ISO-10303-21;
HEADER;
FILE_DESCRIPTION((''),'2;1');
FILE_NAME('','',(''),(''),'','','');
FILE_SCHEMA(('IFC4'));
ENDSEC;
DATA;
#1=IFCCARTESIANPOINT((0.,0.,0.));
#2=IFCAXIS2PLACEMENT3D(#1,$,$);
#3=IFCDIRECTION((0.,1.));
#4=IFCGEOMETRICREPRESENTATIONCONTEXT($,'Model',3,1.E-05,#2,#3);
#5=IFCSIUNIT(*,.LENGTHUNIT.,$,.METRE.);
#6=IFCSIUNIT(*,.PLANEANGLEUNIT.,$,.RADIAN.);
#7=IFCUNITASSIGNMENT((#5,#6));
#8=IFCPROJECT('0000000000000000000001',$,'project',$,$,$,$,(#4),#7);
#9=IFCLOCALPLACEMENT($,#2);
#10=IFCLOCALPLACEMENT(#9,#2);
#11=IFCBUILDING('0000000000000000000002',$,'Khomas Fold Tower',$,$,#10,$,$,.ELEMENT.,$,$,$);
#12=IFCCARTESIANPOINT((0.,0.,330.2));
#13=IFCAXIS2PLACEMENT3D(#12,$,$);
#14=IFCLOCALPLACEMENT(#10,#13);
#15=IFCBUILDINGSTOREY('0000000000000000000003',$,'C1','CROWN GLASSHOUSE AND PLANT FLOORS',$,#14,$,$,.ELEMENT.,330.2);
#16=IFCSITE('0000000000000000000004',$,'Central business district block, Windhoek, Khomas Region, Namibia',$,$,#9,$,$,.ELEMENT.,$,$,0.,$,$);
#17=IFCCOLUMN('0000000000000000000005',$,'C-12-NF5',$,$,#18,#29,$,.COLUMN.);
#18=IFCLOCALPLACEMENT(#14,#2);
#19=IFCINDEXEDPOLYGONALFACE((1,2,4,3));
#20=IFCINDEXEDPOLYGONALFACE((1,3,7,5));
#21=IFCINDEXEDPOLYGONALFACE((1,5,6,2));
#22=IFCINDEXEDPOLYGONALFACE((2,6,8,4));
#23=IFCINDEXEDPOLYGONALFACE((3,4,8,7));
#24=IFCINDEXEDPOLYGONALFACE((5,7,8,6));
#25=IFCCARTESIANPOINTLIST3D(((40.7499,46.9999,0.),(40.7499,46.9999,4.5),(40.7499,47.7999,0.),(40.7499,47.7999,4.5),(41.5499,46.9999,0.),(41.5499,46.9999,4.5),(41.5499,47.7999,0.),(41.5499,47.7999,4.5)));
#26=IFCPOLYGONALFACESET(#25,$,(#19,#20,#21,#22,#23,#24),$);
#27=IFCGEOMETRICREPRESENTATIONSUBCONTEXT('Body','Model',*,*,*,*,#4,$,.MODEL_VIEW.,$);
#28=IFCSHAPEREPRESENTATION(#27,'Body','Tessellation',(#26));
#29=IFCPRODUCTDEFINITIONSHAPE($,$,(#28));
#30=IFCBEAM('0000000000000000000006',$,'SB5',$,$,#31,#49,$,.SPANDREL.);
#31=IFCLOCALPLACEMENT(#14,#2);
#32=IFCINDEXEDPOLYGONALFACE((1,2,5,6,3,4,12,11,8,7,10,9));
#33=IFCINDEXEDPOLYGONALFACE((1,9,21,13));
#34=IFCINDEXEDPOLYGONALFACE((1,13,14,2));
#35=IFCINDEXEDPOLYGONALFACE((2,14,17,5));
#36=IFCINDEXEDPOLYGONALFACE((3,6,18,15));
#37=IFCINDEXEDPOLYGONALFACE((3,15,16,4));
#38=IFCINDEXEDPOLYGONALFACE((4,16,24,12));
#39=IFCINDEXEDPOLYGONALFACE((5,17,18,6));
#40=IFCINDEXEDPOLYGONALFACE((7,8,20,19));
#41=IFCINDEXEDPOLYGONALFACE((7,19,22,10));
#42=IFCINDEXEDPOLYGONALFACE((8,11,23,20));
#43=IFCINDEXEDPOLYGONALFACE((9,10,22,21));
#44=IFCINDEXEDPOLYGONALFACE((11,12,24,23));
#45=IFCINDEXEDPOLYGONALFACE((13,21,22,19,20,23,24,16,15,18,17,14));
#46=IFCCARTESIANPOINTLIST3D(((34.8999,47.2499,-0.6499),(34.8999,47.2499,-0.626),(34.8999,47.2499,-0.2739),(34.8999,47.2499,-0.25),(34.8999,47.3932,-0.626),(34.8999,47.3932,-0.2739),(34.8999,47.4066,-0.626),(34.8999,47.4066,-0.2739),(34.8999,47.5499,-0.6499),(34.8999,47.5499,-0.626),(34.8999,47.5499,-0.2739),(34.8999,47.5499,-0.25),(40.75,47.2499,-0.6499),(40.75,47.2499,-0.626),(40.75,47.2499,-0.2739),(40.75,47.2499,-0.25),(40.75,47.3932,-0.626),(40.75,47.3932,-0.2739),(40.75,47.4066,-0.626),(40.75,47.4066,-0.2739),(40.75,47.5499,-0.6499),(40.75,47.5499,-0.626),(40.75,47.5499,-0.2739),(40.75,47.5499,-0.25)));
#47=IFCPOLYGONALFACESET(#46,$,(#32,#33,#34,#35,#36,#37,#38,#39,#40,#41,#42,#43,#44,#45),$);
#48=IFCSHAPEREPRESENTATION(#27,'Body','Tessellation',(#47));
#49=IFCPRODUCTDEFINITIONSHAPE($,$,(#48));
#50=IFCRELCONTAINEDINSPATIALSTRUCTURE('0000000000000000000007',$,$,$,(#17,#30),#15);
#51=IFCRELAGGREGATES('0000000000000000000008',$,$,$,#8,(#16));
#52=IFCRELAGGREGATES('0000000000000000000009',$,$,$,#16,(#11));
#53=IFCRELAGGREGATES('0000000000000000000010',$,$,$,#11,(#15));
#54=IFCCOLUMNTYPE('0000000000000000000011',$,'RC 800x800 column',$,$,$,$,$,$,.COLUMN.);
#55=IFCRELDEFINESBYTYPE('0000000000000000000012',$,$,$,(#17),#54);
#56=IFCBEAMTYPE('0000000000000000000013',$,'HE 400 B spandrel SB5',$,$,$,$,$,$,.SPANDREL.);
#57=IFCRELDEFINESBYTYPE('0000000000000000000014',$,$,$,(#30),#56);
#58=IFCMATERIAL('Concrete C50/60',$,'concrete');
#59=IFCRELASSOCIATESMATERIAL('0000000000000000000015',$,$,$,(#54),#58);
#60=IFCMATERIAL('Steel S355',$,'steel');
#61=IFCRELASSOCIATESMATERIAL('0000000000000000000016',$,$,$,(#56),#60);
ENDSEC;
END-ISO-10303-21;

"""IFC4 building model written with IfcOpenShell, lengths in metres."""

from ifc_helpers import new_model, si_unit, direction, frame, origin, origin_2d, place, context, subcontext, project, spatial, rectangle, i_section, extrude, source, transform, mapped, material, material_profile, profile_set, type_object, element, save


model = new_model("IFC4")

# Units and contexts
model_context = context("Model", 3, precision=1e-05, world=origin(), true_north=direction((0.0, 1.0)))
body_context = subcontext(model_context, "Body", "Model", "MODEL_VIEW")
ifc_project = project(units=[si_unit("LENGTHUNIT", "METRE"), si_unit("PLANEANGLEUNIT", "RADIAN")], contexts=[model_context])

# Site, building, storey
site_placement = place(None, origin())
site = spatial("IfcSite", under=ifc_project, at=site_placement, Name="Central business district block, Windhoek, Khomas Region, Namibia", CompositionType="ELEMENT", RefElevation=0.0)
building_placement = place(site_placement, origin())
building = spatial("IfcBuilding", under=site, at=building_placement, Name="Khomas Fold Tower", CompositionType="ELEMENT")
storey_placement = place(building_placement, frame((0.0, 0.0, 330.2)))
storey = spatial("IfcBuildingStorey", under=building, at=storey_placement, Name="C1", Description="CROWN GLASSHOUSE AND PLANT FLOORS", CompositionType="ELEMENT", Elevation=330.2)

# Column
ifc_material_1 = material(Name="Concrete C50/60", Category="concrete")
ifc_material_profile_1 = material_profile(ifc_material_1, rectangle(XDim=0.8, YDim=0.8, at=origin_2d()), Name="RC 800x800")
ifc_profile_set_1 = profile_set([ifc_material_profile_1], Name="Concrete C50/60")
column_type = type_object("IfcColumnType", Name="RC 800x800 column", PredefinedType="COLUMN", material=ifc_profile_set_1)
shared_shape_1 = source(origin(), body_context, "Body", "SweptSolid", [
    extrude(rectangle(XDim=0.8, YDim=0.8, at=origin_2d()), origin(), (0.0, 0.0, 1.0), 4.5),
])
column_placement = place(storey_placement, frame((41.1499, 47.3999, 0.0), z_axis=(0.0, 0.0, 1.0), x_axis=(1.0, 0.0, 0.0)))
element("IfcColumn", 1, at=column_placement, inside=storey, type_object=column_type, Name="C-12-NF5", PredefinedType="COLUMN", context=body_context, shape_type="MappedRepresentation", body=[
    mapped(shared_shape_1, transform((0.0, 0.0, 0.0))),
])

# Beam
ifc_material_2 = material(Name="Steel S355", Category="steel")
ifc_material_profile_2 = material_profile(ifc_material_2, i_section(OverallWidth=0.3, OverallDepth=0.3999, WebThickness=0.0134, FlangeThickness=0.0239, at=origin_2d()), Name="HE 400 B")
ifc_profile_set_2 = profile_set([ifc_material_profile_2], Name="Steel S355")
beam_type = type_object("IfcBeamType", Name="HE 400 B spandrel SB5", PredefinedType="SPANDREL", material=ifc_profile_set_2)
shared_shape_2 = source(origin(), body_context, "Body", "SweptSolid", [
    extrude(i_section(OverallWidth=0.3, OverallDepth=0.3999, WebThickness=0.0134, FlangeThickness=0.0239, at=origin_2d()), origin(), (0.0, 0.0, 1.0), 5.8501),
])
beam_placement = place(storey_placement, frame((34.8999, 47.3999, -0.45), z_axis=(1.0, 0.0, 0.0), x_axis=(0.0, 1.0, 0.0)))
element("IfcBeam", 2, at=beam_placement, inside=storey, type_object=beam_type, Name="SB5", PredefinedType="SPANDREL", context=body_context, shape_type="MappedRepresentation", body=[
    mapped(shared_shape_2, transform((0.0, 0.0, 0.0))),
])

save(model, "model.ifc")
